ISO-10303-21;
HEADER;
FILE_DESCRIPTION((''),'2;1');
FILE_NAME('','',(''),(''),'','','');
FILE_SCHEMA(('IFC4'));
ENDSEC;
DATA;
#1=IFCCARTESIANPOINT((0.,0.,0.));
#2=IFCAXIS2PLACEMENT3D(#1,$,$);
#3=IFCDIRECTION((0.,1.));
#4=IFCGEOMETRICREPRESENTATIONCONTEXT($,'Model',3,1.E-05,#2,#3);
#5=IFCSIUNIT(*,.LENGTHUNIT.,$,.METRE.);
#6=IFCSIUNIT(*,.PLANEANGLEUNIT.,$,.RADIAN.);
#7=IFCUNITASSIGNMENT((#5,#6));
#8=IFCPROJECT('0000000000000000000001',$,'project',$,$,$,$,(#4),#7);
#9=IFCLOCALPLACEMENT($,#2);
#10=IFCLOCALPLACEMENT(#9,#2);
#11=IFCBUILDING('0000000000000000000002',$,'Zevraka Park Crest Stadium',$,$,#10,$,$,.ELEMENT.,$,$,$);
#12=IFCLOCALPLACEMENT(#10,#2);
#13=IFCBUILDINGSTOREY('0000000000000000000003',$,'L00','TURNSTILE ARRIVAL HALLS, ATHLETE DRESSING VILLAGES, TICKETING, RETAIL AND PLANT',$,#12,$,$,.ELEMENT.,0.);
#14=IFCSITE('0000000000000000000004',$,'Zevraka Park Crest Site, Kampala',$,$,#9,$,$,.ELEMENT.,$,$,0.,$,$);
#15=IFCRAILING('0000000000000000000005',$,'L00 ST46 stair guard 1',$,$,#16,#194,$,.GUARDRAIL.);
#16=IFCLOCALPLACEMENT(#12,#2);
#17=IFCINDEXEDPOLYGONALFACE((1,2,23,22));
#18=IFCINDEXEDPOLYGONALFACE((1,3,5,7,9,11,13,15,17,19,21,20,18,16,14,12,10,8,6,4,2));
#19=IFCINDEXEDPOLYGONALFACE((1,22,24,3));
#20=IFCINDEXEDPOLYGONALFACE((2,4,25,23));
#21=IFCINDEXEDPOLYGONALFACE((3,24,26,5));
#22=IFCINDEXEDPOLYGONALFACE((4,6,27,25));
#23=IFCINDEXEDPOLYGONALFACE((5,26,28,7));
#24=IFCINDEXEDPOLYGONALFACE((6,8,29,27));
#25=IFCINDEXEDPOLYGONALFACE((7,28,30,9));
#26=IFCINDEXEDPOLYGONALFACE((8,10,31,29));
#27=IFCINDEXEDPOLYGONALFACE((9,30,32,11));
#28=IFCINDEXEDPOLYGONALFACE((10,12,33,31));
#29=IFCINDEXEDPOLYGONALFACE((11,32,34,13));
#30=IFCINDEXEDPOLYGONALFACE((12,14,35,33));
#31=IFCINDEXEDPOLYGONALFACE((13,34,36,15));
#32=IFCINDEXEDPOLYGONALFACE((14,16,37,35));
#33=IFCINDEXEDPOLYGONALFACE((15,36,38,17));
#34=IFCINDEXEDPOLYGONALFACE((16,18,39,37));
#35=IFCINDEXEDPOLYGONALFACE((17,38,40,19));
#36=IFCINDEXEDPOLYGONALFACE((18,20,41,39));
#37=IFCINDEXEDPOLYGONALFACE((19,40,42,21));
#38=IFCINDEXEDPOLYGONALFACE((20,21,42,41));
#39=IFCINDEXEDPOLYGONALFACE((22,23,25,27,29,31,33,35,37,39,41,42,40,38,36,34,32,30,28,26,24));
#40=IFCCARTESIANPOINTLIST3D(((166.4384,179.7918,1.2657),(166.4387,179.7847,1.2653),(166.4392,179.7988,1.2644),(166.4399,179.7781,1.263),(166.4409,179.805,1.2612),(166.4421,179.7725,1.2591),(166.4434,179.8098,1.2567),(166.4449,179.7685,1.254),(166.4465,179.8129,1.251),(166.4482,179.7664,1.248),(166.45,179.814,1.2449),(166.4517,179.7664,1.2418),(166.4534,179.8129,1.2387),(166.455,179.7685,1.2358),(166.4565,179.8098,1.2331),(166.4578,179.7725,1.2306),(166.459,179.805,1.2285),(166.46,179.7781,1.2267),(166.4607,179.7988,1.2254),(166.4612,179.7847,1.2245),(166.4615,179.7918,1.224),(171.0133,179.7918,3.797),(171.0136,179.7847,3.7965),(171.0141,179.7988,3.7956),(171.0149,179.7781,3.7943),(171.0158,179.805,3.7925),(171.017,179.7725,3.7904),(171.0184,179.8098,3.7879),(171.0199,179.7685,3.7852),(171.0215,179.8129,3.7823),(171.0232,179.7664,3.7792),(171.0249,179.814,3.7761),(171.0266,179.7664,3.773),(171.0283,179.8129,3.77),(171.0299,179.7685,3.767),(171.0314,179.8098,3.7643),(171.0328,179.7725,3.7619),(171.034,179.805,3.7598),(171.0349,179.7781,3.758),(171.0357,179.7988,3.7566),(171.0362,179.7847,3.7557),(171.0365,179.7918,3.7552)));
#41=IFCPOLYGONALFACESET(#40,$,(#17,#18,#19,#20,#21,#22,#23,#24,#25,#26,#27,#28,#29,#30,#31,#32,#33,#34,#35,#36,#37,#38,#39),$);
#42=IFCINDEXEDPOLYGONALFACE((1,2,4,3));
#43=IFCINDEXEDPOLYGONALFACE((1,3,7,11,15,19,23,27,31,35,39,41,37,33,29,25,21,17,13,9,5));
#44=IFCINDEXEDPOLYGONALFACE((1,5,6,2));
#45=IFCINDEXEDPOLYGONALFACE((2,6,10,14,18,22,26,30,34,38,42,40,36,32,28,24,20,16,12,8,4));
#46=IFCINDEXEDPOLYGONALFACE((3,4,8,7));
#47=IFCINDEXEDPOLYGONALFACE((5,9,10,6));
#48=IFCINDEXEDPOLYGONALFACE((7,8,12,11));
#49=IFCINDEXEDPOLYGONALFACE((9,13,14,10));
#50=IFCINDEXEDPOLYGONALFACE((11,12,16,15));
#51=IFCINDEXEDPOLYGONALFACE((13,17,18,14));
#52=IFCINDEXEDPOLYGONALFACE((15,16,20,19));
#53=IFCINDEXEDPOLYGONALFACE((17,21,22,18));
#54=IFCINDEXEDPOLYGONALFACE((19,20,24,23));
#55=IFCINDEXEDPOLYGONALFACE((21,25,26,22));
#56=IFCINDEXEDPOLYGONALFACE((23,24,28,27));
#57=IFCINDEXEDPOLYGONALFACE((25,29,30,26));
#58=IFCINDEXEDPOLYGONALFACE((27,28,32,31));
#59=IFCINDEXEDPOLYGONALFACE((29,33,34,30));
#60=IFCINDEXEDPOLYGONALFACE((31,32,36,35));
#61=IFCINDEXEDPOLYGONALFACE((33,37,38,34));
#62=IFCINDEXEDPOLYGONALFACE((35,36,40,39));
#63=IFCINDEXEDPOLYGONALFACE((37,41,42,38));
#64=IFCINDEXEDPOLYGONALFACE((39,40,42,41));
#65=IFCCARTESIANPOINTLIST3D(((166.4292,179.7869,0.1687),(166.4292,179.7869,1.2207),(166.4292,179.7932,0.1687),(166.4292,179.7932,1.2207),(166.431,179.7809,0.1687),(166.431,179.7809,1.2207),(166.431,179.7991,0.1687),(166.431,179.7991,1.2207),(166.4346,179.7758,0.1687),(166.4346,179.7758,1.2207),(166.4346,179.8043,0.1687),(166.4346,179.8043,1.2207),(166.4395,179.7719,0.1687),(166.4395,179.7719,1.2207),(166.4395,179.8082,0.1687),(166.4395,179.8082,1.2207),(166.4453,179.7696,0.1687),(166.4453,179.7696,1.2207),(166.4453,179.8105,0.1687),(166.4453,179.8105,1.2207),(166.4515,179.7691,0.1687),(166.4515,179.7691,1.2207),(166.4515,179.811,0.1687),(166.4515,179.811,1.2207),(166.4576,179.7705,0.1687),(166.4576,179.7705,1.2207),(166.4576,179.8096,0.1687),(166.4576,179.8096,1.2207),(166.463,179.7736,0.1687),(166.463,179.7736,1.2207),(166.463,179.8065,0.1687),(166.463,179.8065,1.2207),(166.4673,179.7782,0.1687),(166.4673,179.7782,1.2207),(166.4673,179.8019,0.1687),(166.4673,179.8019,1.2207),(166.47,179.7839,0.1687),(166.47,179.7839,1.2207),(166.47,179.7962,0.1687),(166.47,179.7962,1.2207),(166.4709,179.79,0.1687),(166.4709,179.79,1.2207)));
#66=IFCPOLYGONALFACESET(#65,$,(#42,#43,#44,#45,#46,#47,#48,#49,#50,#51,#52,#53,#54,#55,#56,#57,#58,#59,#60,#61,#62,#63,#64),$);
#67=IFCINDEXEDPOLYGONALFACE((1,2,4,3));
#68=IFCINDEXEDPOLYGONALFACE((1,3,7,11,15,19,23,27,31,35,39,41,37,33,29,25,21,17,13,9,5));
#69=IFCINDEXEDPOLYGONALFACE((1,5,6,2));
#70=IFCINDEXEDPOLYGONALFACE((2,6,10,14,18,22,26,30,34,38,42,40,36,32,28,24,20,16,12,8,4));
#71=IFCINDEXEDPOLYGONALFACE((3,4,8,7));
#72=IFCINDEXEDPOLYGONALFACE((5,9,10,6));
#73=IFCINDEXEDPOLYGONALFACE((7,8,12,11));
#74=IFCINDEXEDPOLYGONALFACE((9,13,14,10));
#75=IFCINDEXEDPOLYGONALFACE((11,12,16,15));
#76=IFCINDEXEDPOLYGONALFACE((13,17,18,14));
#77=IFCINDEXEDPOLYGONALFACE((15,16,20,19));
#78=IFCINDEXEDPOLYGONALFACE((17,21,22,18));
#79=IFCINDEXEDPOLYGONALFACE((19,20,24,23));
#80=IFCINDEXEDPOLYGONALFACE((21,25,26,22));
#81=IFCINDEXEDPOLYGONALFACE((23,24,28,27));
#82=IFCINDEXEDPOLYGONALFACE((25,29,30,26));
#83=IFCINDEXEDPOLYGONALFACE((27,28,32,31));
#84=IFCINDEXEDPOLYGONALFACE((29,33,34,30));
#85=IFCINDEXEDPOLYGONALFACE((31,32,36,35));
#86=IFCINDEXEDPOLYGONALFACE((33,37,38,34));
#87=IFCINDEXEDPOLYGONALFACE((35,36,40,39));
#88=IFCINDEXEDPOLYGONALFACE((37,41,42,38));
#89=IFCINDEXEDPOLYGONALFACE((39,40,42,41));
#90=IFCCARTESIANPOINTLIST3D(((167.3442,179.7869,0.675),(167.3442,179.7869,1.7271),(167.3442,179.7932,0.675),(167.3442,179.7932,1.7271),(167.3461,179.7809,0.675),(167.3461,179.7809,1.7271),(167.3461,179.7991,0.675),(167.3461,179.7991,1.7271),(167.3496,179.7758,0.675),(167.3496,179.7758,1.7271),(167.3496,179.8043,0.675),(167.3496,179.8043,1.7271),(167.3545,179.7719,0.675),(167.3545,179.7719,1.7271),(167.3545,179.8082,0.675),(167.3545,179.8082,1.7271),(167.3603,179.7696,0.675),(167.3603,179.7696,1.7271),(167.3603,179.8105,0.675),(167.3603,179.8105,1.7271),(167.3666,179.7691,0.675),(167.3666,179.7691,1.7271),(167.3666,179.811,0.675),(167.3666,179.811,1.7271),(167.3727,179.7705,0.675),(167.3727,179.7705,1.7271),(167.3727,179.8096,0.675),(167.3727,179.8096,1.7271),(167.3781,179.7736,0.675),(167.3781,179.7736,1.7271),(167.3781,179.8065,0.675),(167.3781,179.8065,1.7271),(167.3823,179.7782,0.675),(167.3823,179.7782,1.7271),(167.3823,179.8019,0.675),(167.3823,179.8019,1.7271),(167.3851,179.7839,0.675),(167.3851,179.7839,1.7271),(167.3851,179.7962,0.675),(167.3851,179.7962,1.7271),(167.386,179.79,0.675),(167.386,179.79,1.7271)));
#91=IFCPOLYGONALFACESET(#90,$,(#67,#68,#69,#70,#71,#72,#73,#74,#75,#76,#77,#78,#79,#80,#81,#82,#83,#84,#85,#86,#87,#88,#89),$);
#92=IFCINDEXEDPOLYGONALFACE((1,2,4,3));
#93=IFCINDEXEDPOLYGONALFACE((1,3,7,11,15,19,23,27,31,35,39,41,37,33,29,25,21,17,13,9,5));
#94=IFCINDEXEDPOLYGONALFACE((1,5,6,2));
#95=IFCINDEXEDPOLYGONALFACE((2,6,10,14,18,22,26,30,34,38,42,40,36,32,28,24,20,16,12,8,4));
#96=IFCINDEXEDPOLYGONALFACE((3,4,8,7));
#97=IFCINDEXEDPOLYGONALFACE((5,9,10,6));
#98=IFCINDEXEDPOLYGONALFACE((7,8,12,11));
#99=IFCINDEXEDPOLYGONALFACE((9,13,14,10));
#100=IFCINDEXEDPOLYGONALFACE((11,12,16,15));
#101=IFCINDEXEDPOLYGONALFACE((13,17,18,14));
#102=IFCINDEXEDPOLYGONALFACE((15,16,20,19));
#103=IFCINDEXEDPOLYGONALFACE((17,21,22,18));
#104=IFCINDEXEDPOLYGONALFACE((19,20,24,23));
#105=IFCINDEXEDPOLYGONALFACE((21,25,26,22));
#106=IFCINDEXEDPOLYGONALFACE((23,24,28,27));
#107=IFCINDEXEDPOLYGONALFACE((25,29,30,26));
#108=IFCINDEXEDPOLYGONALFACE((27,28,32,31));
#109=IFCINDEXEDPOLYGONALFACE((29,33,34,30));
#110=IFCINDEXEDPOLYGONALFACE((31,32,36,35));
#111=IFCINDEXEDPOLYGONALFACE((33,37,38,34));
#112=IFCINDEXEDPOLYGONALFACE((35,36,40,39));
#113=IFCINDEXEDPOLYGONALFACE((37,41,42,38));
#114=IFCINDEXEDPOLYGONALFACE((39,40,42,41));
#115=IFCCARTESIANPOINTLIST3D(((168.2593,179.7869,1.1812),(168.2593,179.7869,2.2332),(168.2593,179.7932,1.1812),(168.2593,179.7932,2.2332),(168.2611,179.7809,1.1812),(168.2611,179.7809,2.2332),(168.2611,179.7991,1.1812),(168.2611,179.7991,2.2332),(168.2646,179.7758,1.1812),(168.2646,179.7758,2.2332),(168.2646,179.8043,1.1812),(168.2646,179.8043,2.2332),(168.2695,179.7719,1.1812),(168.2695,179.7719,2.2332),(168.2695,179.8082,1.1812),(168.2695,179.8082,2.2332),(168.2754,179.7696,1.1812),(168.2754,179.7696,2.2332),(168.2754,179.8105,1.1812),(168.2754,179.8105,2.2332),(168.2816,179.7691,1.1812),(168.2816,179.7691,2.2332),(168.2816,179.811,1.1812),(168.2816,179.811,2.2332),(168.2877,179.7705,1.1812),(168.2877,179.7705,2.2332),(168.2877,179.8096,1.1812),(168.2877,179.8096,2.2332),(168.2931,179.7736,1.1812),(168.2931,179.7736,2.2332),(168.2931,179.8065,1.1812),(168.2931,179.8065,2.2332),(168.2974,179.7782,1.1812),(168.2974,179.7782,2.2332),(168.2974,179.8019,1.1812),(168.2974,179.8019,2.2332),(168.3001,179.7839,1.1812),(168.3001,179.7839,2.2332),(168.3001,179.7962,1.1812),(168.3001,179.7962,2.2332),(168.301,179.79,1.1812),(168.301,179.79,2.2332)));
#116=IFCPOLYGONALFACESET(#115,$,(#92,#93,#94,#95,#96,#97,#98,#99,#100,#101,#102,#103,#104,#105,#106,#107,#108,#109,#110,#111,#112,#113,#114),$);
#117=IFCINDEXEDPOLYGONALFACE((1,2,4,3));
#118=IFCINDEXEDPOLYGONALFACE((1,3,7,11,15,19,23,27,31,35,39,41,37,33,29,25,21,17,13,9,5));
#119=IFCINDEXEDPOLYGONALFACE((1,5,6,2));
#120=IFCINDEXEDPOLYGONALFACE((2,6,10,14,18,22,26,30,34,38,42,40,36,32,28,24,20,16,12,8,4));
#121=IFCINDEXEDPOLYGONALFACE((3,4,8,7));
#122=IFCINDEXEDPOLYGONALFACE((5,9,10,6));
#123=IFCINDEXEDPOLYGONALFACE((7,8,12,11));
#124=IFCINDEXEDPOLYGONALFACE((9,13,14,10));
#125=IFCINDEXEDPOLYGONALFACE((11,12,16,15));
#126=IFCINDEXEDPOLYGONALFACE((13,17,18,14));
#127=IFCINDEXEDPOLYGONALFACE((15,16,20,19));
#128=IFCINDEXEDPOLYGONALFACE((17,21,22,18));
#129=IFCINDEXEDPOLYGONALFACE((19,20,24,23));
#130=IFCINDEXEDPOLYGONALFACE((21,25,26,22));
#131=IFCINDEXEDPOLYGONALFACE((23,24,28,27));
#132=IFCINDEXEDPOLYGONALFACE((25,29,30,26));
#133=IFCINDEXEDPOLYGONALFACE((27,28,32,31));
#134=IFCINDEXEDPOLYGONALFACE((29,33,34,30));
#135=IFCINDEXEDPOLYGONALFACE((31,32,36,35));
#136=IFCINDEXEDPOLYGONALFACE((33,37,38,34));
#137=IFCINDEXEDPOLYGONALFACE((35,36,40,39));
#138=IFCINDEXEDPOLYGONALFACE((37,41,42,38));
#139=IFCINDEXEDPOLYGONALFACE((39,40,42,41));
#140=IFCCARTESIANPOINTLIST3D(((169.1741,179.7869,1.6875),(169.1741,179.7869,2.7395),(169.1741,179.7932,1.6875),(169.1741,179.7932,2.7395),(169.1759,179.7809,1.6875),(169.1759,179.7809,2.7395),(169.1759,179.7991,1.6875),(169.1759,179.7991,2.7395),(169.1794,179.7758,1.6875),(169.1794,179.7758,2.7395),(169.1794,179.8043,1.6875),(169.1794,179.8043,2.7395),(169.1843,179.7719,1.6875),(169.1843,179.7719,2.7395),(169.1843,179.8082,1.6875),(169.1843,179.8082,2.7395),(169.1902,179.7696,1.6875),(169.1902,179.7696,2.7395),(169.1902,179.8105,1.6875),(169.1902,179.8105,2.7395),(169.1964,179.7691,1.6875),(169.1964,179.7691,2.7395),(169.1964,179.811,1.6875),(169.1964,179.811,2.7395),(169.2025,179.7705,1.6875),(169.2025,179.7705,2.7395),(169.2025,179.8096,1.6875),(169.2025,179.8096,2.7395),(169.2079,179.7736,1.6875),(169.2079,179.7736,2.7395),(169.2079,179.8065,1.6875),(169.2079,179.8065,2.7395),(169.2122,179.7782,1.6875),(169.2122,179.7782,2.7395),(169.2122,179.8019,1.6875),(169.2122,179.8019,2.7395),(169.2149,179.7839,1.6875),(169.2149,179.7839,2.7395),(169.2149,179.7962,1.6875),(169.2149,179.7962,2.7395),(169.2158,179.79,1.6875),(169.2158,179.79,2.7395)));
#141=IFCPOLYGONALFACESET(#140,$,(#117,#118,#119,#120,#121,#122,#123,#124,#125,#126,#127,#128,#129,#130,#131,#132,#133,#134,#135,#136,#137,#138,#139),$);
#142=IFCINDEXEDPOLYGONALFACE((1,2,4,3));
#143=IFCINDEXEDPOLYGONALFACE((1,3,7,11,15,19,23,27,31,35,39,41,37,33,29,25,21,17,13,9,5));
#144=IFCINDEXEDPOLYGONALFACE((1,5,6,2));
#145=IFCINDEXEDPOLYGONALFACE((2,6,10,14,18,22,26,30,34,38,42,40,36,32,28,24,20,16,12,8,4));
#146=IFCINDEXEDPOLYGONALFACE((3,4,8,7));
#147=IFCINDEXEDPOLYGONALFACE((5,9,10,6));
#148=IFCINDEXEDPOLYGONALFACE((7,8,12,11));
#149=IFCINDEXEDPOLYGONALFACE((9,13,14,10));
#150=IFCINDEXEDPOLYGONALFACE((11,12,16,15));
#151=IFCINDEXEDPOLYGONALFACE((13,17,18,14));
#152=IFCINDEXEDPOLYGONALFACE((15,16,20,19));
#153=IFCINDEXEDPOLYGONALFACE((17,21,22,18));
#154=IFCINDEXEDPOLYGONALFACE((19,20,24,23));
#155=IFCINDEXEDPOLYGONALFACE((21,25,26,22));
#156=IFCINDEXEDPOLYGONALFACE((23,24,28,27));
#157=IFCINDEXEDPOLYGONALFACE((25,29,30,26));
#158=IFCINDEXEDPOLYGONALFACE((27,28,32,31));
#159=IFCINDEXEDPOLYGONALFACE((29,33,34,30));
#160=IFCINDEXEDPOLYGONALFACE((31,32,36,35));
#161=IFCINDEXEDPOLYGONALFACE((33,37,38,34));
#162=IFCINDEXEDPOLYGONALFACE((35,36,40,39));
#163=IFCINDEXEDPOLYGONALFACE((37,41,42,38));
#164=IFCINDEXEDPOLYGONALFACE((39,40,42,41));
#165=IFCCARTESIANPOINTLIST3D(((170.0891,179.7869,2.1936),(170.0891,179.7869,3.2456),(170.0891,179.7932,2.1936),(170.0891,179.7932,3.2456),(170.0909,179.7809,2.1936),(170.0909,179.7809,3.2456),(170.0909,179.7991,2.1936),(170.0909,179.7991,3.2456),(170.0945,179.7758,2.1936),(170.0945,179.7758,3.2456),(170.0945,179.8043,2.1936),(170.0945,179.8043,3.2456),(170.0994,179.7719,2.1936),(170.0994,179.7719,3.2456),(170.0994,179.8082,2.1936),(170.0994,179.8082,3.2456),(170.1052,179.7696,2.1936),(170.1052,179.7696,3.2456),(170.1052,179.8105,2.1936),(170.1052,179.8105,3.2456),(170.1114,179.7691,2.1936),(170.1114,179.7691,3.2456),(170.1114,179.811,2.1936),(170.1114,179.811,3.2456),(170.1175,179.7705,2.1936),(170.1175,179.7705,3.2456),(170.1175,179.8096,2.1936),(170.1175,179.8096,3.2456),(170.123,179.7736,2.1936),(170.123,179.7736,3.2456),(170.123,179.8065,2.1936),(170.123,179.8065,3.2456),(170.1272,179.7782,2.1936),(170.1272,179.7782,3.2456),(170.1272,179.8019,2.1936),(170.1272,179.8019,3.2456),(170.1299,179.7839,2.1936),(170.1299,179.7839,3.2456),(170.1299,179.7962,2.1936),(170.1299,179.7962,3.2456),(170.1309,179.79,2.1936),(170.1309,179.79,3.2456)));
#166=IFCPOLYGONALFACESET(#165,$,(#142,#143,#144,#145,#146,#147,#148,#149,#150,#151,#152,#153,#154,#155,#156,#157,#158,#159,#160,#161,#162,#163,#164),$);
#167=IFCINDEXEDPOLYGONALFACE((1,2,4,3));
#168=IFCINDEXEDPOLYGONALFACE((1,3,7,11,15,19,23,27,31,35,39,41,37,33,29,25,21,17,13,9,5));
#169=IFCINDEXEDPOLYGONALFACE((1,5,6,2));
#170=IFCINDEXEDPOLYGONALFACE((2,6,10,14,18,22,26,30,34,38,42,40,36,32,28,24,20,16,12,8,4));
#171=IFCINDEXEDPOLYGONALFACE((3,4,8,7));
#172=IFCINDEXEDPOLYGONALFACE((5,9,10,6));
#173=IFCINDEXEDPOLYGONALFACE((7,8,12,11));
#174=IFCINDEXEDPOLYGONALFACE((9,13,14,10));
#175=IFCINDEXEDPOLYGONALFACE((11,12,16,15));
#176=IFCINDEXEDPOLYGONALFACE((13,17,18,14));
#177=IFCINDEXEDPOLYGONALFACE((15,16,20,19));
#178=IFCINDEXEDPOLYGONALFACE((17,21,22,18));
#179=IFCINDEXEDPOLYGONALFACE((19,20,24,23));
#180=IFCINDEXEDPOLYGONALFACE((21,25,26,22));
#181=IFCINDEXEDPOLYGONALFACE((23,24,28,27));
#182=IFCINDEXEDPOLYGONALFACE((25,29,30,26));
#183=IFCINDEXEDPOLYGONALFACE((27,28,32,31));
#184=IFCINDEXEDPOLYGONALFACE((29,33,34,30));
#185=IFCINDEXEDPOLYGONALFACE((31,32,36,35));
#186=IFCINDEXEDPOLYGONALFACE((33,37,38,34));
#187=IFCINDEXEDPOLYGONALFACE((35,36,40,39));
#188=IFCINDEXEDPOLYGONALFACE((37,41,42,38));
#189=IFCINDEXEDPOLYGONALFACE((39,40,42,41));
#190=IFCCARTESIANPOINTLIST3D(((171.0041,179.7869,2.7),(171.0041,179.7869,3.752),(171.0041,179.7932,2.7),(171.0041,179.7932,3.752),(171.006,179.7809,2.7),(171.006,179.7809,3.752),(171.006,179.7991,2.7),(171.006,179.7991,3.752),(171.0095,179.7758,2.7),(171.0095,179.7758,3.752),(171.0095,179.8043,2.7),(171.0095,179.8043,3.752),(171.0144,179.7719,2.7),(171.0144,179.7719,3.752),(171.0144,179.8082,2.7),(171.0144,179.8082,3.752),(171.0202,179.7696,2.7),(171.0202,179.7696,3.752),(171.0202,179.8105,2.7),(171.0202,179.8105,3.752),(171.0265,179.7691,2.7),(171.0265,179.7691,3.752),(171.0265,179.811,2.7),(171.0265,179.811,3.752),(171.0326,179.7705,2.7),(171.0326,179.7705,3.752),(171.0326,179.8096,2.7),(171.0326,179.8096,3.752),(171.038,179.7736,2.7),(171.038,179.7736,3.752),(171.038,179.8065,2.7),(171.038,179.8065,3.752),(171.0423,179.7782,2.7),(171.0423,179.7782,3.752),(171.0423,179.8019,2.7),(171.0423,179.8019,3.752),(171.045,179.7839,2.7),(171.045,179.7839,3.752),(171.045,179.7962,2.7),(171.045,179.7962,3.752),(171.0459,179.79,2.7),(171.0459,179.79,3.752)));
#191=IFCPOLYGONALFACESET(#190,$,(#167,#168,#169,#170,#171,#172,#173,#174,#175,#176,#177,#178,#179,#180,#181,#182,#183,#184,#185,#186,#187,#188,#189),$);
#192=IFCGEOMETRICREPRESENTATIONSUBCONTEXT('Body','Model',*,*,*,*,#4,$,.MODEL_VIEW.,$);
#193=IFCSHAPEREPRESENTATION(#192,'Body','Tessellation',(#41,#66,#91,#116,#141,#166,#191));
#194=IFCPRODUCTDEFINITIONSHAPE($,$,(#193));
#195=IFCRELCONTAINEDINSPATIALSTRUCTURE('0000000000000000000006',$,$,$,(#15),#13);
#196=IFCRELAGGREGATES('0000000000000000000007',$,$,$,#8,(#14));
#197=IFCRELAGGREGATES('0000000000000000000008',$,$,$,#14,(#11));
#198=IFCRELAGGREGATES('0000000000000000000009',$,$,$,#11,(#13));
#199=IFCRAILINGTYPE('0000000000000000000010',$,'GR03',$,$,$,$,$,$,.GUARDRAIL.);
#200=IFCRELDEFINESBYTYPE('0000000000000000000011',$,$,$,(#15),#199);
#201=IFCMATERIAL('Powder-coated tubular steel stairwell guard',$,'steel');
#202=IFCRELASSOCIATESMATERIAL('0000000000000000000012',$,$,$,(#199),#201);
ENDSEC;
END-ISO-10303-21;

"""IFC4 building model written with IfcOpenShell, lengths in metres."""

from ifc_helpers import new_model, si_unit, direction, frame, origin, origin_2d, place, context, subcontext, project, spatial, circle, extrude, material, type_object, element, save


model = new_model("IFC4")

# Units and contexts
model_context = context("Model", 3, precision=1e-05, world=origin(), true_north=direction((0.0, 1.0)))
body_context = subcontext(model_context, "Body", "Model", "MODEL_VIEW")
ifc_project = project(units=[si_unit("LENGTHUNIT", "METRE"), si_unit("PLANEANGLEUNIT", "RADIAN")], contexts=[model_context])

# Site, building, storey
site_placement = place(None, origin())
site = spatial("IfcSite", under=ifc_project, at=site_placement, Name="Zevraka Park Crest Site, Kampala", CompositionType="ELEMENT", RefElevation=0.0)
building_placement = place(site_placement, origin())
building = spatial("IfcBuilding", under=site, at=building_placement, Name="Zevraka Park Crest Stadium", CompositionType="ELEMENT")
storey_placement = place(building_placement, origin())
storey = spatial("IfcBuildingStorey", under=building, at=storey_placement, Name="L00", Description="TURNSTILE ARRIVAL HALLS, ATHLETE DRESSING VILLAGES, TICKETING, RETAIL AND PLANT", CompositionType="ELEMENT", Elevation=0.0)

# Railing
ifc_material_1 = material(Name="Powder-coated tubular steel stairwell guard", Category="steel")
railing_type_1 = type_object("IfcRailingType", Name="GR03", PredefinedType="GUARDRAIL", material=ifc_material_1)
railing_1_placement = place(storey_placement, frame((166.45, 179.79, 0.1687)))
element("IfcRailing", 1, at=railing_1_placement, inside=storey, type_object=railing_type_1, Name="L00 ST46 stair guard 1", PredefinedType="GUARDRAIL", context=body_context, shape_type="SweptSolid", body=[
    extrude(circle(Radius=0.0239, at=origin_2d()), frame((0.0, 0.0, 1.0762), z_axis=(0.875, 0.0, 0.484124), x_axis=(0.0, 1.0, 0.0)), (0.0, 0.0, 1.0), 5.2285),
    extrude(circle(Radius=0.021, at=origin_2d()), origin(), (0.0, 0.0, 1.0), 1.052),
    extrude(circle(Radius=0.021, at=origin_2d()), frame((0.915, 0.0, 0.5063)), (0.0, 0.0, 1.0), 1.052),
    extrude(circle(Radius=0.021, at=origin_2d()), frame((1.8301, 0.0, 1.0125)), (0.0, 0.0, 1.0), 1.052),
    extrude(circle(Radius=0.021, at=origin_2d()), frame((2.7449, 0.0, 1.5188)), (0.0, 0.0, 1.0), 1.052),
    extrude(circle(Radius=0.021, at=origin_2d()), frame((3.6599, 0.0, 2.0249)), (0.0, 0.0, 1.0), 1.052),
    extrude(circle(Radius=0.021, at=origin_2d()), frame((4.575, 0.0, 2.5312)), (0.0, 0.0, 1.0), 1.052),
])

save(model, "model.ifc")
